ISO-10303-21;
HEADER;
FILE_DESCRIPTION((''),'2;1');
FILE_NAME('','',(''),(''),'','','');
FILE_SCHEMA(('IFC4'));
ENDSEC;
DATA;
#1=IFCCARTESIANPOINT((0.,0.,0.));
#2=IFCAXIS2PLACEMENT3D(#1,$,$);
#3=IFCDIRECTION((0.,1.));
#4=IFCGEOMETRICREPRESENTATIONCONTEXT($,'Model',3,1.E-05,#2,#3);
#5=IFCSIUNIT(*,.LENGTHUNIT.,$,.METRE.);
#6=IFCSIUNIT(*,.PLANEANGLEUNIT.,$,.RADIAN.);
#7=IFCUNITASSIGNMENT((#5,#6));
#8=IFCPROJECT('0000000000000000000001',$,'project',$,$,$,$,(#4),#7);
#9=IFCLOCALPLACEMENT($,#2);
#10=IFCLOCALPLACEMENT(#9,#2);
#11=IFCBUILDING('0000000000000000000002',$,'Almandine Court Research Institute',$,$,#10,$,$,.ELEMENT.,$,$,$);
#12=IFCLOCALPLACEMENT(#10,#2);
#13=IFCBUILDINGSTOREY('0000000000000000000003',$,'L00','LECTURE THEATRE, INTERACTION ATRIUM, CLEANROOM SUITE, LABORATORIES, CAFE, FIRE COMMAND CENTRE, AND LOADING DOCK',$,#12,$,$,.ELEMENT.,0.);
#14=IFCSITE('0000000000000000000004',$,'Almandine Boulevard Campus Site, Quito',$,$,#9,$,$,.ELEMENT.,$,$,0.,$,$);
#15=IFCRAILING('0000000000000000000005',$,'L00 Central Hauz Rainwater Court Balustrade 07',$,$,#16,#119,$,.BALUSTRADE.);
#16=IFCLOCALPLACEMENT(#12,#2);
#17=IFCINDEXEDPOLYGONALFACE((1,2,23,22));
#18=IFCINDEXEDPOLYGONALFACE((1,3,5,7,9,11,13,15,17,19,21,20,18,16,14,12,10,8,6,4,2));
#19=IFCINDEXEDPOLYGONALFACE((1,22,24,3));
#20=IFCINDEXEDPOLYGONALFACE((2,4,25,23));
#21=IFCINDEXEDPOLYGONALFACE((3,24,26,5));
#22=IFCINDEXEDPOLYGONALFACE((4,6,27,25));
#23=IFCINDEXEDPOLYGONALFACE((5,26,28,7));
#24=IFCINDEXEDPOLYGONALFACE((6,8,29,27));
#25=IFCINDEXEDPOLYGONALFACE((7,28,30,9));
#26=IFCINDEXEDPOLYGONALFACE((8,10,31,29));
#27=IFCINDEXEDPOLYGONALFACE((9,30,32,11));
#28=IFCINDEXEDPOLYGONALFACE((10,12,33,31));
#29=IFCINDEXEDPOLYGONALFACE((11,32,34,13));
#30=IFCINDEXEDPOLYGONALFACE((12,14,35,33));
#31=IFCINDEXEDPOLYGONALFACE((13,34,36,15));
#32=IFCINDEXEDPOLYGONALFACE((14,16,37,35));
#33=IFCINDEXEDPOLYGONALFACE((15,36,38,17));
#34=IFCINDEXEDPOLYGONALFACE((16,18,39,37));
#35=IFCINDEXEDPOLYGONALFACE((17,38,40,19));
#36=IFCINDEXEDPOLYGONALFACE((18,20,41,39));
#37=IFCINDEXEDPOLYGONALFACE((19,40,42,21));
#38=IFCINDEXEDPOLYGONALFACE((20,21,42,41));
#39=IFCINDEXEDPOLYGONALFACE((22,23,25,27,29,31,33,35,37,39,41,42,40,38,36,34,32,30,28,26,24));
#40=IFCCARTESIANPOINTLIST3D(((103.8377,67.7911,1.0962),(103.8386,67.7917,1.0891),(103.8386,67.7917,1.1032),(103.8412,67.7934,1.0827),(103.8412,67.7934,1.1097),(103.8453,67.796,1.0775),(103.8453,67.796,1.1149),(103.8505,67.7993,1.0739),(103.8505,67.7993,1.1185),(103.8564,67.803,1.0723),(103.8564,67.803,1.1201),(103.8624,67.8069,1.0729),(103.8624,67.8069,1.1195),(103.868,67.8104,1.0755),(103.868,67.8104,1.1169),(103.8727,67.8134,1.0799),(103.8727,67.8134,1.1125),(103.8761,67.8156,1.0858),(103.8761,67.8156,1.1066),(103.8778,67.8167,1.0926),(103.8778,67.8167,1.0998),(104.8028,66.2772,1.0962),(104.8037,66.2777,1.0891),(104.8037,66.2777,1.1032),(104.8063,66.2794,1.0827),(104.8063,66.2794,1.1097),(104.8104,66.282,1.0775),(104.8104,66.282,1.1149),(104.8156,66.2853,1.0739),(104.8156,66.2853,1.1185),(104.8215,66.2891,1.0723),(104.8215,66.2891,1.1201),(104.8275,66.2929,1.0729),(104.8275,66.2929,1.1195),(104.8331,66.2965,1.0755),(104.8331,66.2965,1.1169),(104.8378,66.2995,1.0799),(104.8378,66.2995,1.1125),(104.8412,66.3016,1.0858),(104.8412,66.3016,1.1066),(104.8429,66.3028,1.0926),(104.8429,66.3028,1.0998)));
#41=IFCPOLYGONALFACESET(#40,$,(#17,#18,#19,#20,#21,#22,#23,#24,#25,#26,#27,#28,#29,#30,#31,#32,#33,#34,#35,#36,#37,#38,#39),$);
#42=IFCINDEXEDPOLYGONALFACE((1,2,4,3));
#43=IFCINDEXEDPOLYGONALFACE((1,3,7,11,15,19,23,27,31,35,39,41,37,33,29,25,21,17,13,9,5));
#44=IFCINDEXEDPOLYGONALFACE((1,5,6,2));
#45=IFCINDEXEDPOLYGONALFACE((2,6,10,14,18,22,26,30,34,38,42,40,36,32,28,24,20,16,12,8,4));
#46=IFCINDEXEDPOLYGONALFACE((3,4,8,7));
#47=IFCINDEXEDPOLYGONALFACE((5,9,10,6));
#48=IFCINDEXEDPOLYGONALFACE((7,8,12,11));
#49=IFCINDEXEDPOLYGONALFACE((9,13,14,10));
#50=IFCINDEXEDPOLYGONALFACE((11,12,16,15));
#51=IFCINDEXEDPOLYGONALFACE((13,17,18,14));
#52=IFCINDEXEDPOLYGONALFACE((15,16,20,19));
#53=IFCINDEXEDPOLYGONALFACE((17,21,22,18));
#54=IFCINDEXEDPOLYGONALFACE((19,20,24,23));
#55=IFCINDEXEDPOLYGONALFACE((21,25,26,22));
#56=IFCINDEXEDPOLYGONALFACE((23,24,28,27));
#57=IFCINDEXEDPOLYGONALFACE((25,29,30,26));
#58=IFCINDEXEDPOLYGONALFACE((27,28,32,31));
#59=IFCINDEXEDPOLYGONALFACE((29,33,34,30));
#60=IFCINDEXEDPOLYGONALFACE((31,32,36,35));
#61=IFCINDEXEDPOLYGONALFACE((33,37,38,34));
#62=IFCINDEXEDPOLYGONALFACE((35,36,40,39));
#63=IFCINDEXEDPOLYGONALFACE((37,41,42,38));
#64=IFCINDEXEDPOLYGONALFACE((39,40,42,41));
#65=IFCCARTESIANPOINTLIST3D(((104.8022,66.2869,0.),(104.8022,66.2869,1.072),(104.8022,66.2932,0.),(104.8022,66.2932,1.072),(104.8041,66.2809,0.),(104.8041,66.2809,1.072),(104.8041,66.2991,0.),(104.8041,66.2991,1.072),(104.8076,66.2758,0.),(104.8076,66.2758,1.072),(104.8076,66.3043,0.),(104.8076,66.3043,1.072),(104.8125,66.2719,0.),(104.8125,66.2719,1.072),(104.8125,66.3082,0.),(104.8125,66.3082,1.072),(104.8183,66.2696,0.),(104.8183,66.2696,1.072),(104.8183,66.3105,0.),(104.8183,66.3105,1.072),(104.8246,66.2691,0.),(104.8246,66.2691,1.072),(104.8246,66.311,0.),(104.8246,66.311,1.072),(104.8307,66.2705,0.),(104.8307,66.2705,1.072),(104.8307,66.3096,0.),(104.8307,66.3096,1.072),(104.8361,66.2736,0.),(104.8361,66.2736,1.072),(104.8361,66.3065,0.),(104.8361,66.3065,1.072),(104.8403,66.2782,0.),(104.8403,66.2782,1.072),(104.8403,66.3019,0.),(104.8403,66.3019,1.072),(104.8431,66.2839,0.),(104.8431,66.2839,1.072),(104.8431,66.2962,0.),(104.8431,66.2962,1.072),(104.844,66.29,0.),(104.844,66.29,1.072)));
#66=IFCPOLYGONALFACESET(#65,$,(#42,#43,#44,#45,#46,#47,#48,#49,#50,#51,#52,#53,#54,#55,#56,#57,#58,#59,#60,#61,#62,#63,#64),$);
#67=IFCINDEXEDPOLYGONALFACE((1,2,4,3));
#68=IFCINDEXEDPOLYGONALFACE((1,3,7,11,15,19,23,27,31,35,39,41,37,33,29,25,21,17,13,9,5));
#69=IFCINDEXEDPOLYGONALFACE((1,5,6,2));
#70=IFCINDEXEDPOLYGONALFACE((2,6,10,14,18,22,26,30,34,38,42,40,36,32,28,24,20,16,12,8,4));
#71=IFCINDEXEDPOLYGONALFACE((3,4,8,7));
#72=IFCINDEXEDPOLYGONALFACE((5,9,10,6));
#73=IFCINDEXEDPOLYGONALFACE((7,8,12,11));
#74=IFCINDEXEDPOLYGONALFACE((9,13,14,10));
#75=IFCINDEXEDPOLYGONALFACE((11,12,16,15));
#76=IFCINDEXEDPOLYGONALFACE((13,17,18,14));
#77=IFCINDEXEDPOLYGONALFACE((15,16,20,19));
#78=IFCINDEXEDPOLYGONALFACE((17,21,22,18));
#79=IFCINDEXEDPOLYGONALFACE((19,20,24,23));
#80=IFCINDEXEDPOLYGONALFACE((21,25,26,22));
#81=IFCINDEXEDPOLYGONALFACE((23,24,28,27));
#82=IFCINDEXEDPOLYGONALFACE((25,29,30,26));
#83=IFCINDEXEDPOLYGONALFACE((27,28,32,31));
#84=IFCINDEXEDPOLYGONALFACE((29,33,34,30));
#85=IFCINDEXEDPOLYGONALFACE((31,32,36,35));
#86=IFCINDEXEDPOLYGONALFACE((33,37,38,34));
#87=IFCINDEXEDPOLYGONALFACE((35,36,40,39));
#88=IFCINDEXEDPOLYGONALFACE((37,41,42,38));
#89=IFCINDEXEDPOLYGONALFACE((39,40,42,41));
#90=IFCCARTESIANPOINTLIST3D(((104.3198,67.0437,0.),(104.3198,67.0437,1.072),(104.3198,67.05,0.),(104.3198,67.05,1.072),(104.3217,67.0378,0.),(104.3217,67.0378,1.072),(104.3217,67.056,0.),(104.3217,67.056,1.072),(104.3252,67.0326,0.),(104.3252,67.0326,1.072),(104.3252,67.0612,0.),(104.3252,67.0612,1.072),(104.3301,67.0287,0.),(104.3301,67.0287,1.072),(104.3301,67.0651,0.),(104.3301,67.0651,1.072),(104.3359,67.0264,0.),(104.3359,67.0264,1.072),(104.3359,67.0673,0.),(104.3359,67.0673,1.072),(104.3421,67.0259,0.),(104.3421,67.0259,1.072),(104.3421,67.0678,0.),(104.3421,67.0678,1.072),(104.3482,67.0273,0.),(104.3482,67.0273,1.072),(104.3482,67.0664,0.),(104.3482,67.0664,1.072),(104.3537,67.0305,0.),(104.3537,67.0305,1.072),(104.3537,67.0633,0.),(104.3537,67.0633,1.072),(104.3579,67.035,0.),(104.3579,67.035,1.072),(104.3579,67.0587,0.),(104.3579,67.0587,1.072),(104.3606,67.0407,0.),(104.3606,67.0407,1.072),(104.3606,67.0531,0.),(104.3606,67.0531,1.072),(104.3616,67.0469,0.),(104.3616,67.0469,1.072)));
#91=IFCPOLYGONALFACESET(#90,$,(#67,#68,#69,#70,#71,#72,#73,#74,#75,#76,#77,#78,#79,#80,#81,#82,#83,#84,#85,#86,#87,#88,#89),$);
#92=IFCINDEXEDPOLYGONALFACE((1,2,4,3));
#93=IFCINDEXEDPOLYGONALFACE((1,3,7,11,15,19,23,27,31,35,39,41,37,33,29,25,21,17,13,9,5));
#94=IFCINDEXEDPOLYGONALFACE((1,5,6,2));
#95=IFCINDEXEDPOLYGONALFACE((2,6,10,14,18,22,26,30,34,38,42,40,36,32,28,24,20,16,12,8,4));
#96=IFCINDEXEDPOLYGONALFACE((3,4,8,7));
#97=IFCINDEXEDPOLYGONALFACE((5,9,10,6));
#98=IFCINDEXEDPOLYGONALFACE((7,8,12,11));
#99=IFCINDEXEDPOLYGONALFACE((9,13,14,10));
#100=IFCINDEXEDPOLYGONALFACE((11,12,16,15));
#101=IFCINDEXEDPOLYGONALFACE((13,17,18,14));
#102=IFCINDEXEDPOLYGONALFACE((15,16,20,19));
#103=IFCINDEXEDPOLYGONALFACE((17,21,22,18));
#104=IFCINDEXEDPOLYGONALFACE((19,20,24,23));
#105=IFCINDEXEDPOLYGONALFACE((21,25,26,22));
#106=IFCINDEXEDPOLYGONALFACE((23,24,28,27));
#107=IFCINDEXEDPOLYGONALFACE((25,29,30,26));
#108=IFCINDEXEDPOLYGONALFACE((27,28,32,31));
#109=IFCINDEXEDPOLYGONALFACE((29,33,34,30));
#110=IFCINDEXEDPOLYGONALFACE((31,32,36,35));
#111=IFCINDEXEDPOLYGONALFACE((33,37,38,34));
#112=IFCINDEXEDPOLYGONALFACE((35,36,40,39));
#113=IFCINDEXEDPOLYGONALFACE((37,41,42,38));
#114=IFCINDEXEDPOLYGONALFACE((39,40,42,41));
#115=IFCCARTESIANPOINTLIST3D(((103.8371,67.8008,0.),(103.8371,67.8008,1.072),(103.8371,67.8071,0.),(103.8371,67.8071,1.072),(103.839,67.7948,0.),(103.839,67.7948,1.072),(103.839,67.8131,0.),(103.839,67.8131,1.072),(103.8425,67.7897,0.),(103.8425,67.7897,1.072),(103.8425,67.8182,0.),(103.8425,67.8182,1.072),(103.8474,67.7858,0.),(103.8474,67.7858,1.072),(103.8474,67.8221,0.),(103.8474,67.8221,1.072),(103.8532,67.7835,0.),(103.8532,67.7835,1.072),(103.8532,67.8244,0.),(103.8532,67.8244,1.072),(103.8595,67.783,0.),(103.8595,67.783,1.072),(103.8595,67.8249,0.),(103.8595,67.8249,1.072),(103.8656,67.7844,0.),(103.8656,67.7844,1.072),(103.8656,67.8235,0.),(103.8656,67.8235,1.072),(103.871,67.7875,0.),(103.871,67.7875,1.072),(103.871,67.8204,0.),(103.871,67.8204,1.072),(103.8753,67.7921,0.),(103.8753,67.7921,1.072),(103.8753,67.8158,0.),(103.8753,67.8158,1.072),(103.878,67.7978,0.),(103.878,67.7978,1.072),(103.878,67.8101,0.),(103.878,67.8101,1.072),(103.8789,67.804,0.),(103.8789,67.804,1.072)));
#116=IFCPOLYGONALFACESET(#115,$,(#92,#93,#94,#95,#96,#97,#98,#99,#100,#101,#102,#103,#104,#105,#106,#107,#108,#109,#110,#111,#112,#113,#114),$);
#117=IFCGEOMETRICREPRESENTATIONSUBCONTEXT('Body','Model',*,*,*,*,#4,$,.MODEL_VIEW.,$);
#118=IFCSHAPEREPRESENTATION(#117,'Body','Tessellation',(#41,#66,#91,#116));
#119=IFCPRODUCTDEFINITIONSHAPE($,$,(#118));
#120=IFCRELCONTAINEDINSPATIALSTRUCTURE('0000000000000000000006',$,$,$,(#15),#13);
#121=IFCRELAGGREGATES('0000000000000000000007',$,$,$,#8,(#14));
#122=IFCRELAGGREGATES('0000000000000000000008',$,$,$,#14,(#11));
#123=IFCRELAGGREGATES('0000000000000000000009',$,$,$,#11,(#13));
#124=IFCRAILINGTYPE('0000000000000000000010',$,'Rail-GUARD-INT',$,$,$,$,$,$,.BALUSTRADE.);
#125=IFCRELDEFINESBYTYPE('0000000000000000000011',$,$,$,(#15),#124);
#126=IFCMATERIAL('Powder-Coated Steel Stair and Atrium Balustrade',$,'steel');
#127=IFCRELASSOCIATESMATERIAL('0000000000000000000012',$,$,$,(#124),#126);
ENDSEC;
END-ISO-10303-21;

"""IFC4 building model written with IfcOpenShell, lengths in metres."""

from ifc_helpers import new_model, si_unit, direction, frame, origin, origin_2d, place, context, subcontext, project, spatial, circle, extrude, material, type_object, element, save


model = new_model("IFC4")

# Units and contexts
model_context = context("Model", 3, precision=1e-05, world=origin(), true_north=direction((0.0, 1.0)))
body_context = subcontext(model_context, "Body", "Model", "MODEL_VIEW")
ifc_project = project(units=[si_unit("LENGTHUNIT", "METRE"), si_unit("PLANEANGLEUNIT", "RADIAN")], contexts=[model_context])

# Site, building, storey
site_placement = place(None, origin())
site = spatial("IfcSite", under=ifc_project, at=site_placement, Name="Almandine Boulevard Campus Site, Quito", CompositionType="ELEMENT", RefElevation=0.0)
building_placement = place(site_placement, origin())
building = spatial("IfcBuilding", under=site, at=building_placement, Name="Almandine Court Research Institute", CompositionType="ELEMENT")
storey_placement = place(building_placement, origin())
storey = spatial("IfcBuildingStorey", under=building, at=storey_placement, Name="L00", Description="LECTURE THEATRE, INTERACTION ATRIUM, CLEANROOM SUITE, LABORATORIES, CAFE, FIRE COMMAND CENTRE, AND LOADING DOCK", CompositionType="ELEMENT", Elevation=0.0)

# Railing
ifc_material_1 = material(Name="Powder-Coated Steel Stair and Atrium Balustrade", Category="steel")
railing_type = type_object("IfcRailingType", Name="Rail-GUARD-INT", PredefinedType="BALUSTRADE", material=ifc_material_1)
railing_1_placement = place(storey_placement, frame((104.823, 66.29, 0.0)))
element("IfcRailing", 1, at=railing_1_placement, inside=storey, type_object=railing_type, Name="L00 Central Hauz Rainwater Court Balustrade 07", PredefinedType="BALUSTRADE", context=body_context, shape_type="SweptSolid", body=[
    extrude(circle(Radius=0.0239, at=origin_2d()), frame((0.0, 0.0, 1.0962), z_axis=(-0.537544, 0.843236, 0.0), x_axis=(-0.843236, -0.537544, 0.0)), (0.0, 0.0, 1.0), 1.7954),
    extrude(circle(Radius=0.021, at=origin_2d()), origin(), (0.0, 0.0, 1.0), 1.072),
    extrude(circle(Radius=0.021, at=origin_2d()), frame((-0.4824, 0.7568, 0.0)), (0.0, 0.0, 1.0), 1.072),
    extrude(circle(Radius=0.021, at=origin_2d()), frame((-0.9651, 1.5139, 0.0)), (0.0, 0.0, 1.0), 1.072),
])

save(model, "model.ifc")
